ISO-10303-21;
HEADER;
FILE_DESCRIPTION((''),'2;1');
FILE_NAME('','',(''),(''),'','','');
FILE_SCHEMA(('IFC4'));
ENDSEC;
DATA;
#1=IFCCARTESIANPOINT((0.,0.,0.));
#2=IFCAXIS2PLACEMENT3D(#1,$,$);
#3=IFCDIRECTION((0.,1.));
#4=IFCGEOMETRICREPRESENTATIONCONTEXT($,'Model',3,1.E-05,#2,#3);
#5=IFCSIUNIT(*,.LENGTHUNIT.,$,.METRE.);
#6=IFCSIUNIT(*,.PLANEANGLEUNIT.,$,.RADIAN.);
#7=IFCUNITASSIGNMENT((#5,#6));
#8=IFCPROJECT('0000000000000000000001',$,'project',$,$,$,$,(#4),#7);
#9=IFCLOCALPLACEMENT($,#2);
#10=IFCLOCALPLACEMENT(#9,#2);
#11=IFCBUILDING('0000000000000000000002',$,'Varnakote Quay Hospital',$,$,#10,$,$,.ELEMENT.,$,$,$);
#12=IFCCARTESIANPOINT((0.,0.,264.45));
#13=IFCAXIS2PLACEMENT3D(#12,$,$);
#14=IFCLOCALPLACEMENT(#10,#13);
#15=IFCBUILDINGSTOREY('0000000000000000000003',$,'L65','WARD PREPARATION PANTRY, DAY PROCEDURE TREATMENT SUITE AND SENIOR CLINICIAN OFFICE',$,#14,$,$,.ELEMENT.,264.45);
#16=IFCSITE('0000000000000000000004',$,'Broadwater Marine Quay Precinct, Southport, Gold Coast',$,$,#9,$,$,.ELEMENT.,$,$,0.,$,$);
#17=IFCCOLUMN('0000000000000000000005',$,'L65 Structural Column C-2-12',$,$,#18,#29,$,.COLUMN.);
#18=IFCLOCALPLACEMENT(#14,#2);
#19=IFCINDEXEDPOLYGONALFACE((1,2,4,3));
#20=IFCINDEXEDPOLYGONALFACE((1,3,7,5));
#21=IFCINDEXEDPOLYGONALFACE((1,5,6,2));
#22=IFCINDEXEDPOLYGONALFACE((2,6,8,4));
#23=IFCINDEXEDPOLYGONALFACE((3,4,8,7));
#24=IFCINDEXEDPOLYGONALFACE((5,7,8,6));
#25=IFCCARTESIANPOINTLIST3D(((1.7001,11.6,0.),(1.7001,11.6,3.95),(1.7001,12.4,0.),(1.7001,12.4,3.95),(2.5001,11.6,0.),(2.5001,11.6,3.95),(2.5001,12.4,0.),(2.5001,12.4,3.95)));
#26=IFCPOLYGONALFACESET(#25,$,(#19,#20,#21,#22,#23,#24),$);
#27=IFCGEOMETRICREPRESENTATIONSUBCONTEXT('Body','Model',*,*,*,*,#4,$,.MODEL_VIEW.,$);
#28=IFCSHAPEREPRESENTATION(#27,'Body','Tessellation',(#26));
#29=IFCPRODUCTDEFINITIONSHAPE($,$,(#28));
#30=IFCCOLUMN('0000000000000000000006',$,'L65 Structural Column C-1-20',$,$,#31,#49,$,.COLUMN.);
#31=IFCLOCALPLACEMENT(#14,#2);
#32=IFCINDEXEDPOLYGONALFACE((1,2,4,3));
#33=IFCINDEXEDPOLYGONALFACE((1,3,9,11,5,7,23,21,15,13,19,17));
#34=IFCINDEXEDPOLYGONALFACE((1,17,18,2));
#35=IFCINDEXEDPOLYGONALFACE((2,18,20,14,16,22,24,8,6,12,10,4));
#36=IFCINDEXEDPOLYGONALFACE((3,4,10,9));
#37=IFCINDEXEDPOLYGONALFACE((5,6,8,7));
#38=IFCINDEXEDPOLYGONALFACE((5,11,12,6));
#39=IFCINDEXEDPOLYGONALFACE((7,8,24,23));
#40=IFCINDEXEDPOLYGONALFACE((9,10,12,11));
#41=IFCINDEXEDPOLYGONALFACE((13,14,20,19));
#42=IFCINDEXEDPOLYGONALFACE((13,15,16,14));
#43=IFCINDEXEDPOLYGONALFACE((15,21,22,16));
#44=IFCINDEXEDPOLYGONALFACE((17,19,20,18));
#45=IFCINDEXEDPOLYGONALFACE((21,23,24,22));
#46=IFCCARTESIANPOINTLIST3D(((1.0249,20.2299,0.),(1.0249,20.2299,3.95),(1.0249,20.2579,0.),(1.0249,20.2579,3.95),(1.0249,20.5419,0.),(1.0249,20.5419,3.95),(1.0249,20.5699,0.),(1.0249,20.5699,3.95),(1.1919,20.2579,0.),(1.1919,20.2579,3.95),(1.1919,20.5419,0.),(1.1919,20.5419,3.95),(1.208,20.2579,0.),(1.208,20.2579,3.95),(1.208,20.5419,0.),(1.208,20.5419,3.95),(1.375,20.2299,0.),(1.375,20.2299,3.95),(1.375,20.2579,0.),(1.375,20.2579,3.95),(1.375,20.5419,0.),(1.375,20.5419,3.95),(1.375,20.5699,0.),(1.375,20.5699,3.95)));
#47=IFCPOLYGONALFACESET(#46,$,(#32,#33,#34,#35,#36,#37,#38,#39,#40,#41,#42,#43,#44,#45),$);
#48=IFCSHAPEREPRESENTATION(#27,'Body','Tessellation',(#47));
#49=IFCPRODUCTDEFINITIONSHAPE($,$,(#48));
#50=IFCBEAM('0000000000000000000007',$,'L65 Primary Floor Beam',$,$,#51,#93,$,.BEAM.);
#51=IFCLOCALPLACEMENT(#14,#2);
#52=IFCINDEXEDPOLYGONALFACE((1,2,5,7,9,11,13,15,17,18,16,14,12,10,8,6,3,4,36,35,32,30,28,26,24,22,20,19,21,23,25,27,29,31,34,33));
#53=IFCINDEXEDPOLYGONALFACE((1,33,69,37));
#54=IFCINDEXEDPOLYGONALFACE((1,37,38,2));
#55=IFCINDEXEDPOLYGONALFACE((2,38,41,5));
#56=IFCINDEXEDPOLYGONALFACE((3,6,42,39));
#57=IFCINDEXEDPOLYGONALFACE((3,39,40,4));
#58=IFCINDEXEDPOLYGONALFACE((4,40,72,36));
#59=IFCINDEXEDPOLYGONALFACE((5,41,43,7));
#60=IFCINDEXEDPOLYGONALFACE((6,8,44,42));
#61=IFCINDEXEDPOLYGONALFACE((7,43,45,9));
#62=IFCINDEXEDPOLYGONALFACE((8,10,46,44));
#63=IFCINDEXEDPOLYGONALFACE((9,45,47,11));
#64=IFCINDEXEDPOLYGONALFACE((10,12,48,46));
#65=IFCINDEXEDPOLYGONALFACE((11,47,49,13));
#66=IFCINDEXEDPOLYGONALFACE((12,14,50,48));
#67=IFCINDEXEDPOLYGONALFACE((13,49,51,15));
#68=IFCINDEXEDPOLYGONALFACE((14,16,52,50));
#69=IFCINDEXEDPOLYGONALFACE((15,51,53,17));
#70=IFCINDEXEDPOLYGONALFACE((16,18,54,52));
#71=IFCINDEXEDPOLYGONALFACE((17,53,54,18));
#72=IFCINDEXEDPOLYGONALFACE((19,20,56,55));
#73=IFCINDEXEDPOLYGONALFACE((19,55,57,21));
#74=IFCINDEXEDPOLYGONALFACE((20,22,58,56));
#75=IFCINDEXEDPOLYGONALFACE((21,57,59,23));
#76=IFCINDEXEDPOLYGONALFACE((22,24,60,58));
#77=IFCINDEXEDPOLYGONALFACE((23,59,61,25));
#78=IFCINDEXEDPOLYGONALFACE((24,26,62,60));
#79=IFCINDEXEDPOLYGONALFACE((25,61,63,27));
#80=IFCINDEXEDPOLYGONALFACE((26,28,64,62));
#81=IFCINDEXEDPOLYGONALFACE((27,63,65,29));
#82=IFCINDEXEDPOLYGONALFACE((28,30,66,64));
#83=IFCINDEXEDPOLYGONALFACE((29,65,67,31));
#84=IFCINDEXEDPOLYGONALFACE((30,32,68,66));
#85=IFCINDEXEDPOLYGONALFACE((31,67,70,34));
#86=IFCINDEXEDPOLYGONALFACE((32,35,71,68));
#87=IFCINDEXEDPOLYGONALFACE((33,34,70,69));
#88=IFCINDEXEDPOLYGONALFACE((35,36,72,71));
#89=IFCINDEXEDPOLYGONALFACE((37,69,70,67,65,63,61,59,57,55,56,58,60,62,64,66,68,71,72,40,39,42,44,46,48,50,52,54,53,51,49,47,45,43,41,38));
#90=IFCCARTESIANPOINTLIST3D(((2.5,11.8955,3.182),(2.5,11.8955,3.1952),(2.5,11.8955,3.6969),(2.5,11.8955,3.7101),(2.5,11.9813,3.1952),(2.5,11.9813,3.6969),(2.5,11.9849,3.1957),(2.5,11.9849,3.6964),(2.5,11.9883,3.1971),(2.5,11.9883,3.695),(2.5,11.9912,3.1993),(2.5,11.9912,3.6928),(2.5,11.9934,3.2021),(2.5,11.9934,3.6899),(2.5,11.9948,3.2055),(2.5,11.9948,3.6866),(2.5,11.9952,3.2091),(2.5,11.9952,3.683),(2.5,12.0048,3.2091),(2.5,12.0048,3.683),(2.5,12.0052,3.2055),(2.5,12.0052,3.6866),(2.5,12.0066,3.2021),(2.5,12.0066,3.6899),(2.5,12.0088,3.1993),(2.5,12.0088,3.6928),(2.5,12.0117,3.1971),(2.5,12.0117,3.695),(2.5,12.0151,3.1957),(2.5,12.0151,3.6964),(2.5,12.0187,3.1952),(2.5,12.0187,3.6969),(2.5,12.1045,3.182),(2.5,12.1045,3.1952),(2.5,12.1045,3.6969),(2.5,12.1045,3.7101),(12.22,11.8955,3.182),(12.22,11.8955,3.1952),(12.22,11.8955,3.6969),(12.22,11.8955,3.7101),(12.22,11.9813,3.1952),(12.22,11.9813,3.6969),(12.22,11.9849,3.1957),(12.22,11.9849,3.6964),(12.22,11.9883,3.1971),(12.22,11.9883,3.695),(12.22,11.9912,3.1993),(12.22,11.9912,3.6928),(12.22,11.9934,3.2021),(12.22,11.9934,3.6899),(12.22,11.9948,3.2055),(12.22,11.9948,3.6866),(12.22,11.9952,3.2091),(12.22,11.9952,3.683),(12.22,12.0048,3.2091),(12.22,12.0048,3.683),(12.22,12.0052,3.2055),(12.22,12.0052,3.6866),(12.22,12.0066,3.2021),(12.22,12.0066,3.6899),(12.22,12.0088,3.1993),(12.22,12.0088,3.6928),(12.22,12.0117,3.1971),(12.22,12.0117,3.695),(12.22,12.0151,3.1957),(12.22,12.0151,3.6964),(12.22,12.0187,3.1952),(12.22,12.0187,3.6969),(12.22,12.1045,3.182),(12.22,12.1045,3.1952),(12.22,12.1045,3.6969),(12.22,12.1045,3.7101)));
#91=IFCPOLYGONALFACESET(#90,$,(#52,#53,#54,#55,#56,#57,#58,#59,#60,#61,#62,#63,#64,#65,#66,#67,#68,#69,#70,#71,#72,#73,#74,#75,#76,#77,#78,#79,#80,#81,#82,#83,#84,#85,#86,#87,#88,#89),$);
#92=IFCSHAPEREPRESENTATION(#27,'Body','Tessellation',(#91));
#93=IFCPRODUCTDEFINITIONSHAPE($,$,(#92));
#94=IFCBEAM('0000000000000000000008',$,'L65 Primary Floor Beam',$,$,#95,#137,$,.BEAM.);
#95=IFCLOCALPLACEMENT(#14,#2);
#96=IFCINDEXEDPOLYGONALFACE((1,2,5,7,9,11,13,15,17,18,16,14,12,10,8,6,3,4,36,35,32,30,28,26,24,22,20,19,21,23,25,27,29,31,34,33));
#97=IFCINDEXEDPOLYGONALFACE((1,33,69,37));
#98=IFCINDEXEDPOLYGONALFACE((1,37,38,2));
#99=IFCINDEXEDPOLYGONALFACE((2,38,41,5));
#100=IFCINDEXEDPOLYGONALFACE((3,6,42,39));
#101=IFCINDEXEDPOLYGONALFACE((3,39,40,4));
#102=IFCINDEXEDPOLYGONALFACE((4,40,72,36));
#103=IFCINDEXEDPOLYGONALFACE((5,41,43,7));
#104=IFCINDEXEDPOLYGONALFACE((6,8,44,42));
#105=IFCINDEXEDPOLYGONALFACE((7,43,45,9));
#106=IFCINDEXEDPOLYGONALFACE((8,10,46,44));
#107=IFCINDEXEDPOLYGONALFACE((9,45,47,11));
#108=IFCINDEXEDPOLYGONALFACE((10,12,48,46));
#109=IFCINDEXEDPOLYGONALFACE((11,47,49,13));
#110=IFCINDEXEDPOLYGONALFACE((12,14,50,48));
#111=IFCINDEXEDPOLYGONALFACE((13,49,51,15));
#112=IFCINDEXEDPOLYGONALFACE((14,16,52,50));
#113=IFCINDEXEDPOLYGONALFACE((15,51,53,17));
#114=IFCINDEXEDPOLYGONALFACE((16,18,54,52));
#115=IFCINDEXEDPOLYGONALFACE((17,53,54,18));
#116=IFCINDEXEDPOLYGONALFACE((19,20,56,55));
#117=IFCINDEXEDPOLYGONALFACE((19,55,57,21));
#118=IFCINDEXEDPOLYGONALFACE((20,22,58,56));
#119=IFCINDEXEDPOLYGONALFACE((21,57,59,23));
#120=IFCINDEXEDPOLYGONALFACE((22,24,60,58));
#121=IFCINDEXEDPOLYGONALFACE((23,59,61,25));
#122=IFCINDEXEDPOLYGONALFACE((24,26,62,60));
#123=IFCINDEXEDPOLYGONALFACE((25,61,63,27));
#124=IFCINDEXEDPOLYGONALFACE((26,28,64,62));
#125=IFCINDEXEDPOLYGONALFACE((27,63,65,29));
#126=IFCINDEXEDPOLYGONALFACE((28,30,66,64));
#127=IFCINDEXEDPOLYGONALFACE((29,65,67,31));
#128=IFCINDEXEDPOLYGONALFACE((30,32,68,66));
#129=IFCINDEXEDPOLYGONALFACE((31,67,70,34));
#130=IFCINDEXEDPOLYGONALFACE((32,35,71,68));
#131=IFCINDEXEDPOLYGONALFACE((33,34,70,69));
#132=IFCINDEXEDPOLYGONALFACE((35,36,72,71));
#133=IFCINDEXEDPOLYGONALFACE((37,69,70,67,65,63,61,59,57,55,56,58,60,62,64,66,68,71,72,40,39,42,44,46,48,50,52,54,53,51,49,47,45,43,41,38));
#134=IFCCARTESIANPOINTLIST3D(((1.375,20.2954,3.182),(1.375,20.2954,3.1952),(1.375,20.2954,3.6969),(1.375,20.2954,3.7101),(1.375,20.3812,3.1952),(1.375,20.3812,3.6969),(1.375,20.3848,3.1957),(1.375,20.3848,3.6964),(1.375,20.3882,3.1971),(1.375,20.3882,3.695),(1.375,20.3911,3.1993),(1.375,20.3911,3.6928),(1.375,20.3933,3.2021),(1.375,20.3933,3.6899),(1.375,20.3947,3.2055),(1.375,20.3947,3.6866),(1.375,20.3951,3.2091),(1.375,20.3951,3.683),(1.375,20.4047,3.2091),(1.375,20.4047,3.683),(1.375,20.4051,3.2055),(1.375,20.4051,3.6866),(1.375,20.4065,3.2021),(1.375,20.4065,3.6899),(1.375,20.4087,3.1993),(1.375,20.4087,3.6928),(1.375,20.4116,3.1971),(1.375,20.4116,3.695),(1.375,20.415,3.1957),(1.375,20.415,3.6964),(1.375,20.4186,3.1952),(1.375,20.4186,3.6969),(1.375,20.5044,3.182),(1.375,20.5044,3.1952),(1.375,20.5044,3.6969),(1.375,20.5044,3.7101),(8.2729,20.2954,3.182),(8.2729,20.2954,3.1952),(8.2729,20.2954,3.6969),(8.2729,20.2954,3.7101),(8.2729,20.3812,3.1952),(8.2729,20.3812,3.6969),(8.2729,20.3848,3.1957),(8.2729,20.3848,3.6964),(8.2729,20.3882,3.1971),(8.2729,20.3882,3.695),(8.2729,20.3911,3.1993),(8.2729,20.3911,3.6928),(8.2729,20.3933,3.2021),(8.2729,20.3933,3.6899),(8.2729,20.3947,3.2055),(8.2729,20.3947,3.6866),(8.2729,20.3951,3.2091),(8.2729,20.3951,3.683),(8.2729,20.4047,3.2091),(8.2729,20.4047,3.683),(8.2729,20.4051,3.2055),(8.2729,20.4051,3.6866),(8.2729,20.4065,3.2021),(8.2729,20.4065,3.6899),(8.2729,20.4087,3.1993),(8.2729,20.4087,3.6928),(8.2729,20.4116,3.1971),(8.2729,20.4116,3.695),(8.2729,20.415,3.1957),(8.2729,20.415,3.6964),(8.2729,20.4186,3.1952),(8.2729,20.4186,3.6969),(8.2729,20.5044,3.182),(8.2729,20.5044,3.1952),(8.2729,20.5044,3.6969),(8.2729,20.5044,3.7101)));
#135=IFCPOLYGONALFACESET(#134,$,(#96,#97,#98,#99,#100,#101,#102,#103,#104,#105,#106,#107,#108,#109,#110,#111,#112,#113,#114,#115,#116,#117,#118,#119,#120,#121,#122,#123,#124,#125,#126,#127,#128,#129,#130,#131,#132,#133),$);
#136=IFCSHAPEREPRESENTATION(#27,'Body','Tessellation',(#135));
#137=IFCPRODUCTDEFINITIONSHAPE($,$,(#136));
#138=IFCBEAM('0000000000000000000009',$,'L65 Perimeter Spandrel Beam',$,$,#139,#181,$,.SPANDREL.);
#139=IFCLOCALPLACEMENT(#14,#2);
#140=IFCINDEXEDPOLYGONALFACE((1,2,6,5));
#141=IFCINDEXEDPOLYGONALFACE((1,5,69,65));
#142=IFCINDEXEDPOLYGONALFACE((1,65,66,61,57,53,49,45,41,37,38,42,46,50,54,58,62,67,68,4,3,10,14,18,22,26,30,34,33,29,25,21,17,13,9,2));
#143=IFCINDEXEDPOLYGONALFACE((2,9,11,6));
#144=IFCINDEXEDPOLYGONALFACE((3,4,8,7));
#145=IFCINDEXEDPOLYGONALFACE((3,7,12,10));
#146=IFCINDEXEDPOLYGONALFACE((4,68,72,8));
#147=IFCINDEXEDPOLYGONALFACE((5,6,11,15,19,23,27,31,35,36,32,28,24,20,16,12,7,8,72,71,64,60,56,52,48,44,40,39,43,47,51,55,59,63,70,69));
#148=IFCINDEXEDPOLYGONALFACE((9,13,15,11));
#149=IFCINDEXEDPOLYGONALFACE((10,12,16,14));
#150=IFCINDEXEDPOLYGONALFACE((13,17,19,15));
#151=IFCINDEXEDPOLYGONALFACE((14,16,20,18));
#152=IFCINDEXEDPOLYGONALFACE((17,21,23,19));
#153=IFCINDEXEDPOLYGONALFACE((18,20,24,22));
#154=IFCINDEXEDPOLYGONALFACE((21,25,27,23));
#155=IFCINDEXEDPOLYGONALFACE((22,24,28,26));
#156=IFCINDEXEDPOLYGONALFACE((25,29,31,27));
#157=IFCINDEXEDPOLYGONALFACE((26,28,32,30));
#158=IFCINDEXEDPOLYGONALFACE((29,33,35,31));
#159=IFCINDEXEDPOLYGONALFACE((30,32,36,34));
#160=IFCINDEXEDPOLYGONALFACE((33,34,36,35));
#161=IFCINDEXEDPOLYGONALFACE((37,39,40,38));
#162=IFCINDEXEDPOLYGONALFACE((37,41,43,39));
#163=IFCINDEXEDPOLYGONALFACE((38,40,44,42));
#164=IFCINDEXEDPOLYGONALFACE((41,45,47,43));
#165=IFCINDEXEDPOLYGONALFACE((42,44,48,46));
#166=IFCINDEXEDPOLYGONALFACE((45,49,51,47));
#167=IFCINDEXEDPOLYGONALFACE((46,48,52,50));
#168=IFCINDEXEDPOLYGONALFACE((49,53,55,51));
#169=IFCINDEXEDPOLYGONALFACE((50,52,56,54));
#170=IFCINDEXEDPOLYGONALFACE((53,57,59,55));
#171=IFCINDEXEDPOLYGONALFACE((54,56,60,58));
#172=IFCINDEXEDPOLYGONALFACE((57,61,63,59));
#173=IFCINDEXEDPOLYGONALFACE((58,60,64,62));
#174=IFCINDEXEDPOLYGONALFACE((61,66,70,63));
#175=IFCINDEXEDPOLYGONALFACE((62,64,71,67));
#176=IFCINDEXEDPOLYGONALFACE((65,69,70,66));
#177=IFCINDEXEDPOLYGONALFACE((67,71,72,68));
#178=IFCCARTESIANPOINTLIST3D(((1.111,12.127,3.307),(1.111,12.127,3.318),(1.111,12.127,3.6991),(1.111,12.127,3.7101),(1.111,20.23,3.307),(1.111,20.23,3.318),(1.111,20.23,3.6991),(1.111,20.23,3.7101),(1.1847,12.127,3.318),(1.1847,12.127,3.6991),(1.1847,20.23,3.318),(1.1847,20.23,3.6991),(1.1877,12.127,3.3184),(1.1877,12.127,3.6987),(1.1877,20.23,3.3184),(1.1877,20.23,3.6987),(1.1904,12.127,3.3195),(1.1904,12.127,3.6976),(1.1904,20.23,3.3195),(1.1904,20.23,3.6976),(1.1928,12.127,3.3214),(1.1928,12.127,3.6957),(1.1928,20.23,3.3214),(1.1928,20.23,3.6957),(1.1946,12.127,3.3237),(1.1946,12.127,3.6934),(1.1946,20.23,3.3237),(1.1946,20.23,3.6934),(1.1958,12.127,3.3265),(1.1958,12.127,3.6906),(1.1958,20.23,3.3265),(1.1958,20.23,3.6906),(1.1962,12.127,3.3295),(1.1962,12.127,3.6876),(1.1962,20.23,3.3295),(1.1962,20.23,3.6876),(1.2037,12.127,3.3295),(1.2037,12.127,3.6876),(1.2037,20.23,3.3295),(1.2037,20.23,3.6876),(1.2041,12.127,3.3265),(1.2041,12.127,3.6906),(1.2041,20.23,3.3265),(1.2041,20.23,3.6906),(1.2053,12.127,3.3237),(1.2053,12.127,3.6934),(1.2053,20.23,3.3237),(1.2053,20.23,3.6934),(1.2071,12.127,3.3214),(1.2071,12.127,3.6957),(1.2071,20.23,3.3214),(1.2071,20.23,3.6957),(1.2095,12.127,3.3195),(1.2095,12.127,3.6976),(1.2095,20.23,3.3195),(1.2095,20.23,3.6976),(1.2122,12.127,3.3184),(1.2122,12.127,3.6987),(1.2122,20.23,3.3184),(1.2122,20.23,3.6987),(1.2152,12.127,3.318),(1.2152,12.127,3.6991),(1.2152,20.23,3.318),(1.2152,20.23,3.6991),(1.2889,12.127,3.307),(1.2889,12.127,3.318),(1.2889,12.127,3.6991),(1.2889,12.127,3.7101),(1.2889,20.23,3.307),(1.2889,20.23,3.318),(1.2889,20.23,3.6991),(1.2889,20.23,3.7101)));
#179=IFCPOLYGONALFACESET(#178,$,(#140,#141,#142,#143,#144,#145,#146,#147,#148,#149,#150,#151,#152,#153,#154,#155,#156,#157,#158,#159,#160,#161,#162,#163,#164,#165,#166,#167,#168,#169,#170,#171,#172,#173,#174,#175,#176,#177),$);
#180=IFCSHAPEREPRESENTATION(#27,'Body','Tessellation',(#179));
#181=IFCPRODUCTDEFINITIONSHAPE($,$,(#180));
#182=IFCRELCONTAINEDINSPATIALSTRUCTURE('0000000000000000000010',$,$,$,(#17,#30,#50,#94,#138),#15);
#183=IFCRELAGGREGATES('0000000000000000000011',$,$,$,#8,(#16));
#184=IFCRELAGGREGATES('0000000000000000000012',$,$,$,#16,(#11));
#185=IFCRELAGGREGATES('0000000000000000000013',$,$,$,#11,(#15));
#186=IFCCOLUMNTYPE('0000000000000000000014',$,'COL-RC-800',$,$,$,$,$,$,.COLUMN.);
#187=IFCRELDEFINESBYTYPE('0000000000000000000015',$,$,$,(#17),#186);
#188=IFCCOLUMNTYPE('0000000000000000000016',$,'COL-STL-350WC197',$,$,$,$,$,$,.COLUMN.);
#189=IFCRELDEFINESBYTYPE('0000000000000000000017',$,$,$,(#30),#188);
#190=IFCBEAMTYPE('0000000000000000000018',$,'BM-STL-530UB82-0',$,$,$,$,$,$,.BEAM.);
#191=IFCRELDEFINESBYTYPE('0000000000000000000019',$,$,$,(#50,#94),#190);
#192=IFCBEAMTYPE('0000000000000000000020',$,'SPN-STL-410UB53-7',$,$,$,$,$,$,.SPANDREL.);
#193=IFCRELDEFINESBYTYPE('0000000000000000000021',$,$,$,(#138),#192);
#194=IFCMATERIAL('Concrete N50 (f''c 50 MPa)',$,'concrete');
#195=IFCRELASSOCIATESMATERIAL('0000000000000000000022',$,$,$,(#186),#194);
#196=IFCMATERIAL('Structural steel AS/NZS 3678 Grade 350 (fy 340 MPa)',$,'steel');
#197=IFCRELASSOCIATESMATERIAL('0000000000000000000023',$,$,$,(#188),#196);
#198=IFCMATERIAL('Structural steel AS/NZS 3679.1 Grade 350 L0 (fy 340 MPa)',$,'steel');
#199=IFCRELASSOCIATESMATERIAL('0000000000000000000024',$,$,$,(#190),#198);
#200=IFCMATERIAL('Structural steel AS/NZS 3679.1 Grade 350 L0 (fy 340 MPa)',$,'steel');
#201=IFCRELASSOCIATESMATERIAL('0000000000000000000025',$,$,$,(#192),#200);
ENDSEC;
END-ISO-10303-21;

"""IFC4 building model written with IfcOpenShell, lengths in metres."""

from ifc_helpers import new_model, si_unit, direction, frame, origin, origin_2d, place, context, subcontext, project, spatial, rectangle, i_section, extrude, material, material_profile, profile_set, type_object, element, save


model = new_model("IFC4")

# Units and contexts
model_context = context("Model", 3, precision=1e-05, world=origin(), true_north=direction((0.0, 1.0)))
body_context = subcontext(model_context, "Body", "Model", "MODEL_VIEW")
ifc_project = project(units=[si_unit("LENGTHUNIT", "METRE"), si_unit("PLANEANGLEUNIT", "RADIAN")], contexts=[model_context])

# Site, building, storey
site_placement = place(None, origin())
site = spatial("IfcSite", under=ifc_project, at=site_placement, Name="Broadwater Marine Quay Precinct, Southport, Gold Coast", CompositionType="ELEMENT", RefElevation=0.0)
building_placement = place(site_placement, origin())
building = spatial("IfcBuilding", under=site, at=building_placement, Name="Varnakote Quay Hospital", CompositionType="ELEMENT")
storey_placement = place(building_placement, frame((0.0, 0.0, 264.45)))
storey = spatial("IfcBuildingStorey", under=building, at=storey_placement, Name="L65", Description="WARD PREPARATION PANTRY, DAY PROCEDURE TREATMENT SUITE AND SENIOR CLINICIAN OFFICE", CompositionType="ELEMENT", Elevation=264.45)

# Columns
ifc_material_1 = material(Name="Concrete N50 (f'c 50 MPa)", Category="concrete")
ifc_material_profile_1 = material_profile(ifc_material_1, rectangle(XDim=0.8, YDim=0.8, at=origin_2d()), Name="RC-COL-800x800")
ifc_profile_set_1 = profile_set([ifc_material_profile_1], Name="Concrete N50 (f'c 50 MPa)")
column_type_1 = type_object("IfcColumnType", Name="COL-RC-800", PredefinedType="COLUMN", material=ifc_profile_set_1)
column_1_placement = place(storey_placement, frame((2.1001, 12.0, 0.0), z_axis=(0.0, 0.0, 1.0), x_axis=(1.0, 0.0, 0.0)))
element("IfcColumn", 1, at=column_1_placement, inside=storey, type_object=column_type_1, Name="L65 Structural Column C-2-12", PredefinedType="COLUMN", context=body_context, shape_type="SweptSolid", body=[
    extrude(rectangle(XDim=0.8, YDim=0.8, at=origin_2d()), origin(), (0.0, 0.0, 1.0), 3.95),
])
ifc_material_2 = material(Name="Structural steel AS/NZS 3678 Grade 350 (fy 340 MPa)", Category="steel")
ifc_material_profile_2 = material_profile(ifc_material_2, i_section(OverallWidth=0.3501, OverallDepth=0.3401, WebThickness=0.0161, FlangeThickness=0.0281, at=origin_2d()), Name="350WC197")
ifc_profile_set_2 = profile_set([ifc_material_profile_2], Name="Structural steel AS/NZS 3678 Grade 350 (fy 340 MPa)")
column_type_2 = type_object("IfcColumnType", Name="COL-STL-350WC197", PredefinedType="COLUMN", material=ifc_profile_set_2)
column_2_placement = place(storey_placement, frame((1.2, 20.3999, 0.0), z_axis=(0.0, 0.0, 1.0), x_axis=(1.0, 0.0, 0.0)))
element("IfcColumn", 2, at=column_2_placement, inside=storey, type_object=column_type_2, Name="L65 Structural Column C-1-20", PredefinedType="COLUMN", context=body_context, shape_type="SweptSolid", body=[
    extrude(i_section(OverallWidth=0.3501, OverallDepth=0.3401, WebThickness=0.0161, FlangeThickness=0.0281, at=origin_2d()), origin(), (0.0, 0.0, 1.0), 3.95),
])

# Beams
ifc_material_3 = material(Name="Structural steel AS/NZS 3679.1 Grade 350 L0 (fy 340 MPa)", Category="steel")
ifc_material_profile_3 = material_profile(ifc_material_3, i_section(OverallWidth=0.209, OverallDepth=0.5281, WebThickness=0.0095, FlangeThickness=0.0132, FilletRadius=0.0139, at=origin_2d()), Name="530UB82.0")
ifc_profile_set_3 = profile_set([ifc_material_profile_3], Name="Structural steel AS/NZS 3679.1 Grade 350 L0 (fy 340 MPa)")
beam_type_1 = type_object("IfcBeamType", Name="BM-STL-530UB82-0", PredefinedType="BEAM", material=ifc_profile_set_3)
beam_1_placement = place(storey_placement, frame((2.5, 12.0, 3.446), z_axis=(1.0, 0.0, 0.0), x_axis=(0.0, 1.0, 0.0)))
element("IfcBeam", 3, at=beam_1_placement, inside=storey, type_object=beam_type_1, Name="L65 Primary Floor Beam", PredefinedType="BEAM", context=body_context, shape_type="SweptSolid", body=[
    extrude(i_section(OverallWidth=0.209, OverallDepth=0.5281, WebThickness=0.0095, FlangeThickness=0.0132, FilletRadius=0.0139, at=origin_2d()), origin(), (0.0, 0.0, 1.0), 9.72),
])
beam_2_placement = place(storey_placement, frame((1.375, 20.3999, 3.446), z_axis=(1.0, 0.0, 0.0), x_axis=(0.0, 1.0, 0.0)))
element("IfcBeam", 4, at=beam_2_placement, inside=storey, type_object=beam_type_1, Name="L65 Primary Floor Beam", PredefinedType="BEAM", context=body_context, shape_type="SweptSolid", body=[
    extrude(i_section(OverallWidth=0.209, OverallDepth=0.5281, WebThickness=0.0095, FlangeThickness=0.0132, FilletRadius=0.0139, at=origin_2d()), origin(), (0.0, 0.0, 1.0), 6.8979),
])
ifc_material_4 = material(Name="Structural steel AS/NZS 3679.1 Grade 350 L0 (fy 340 MPa)", Category="steel")
ifc_material_profile_4 = material_profile(ifc_material_4, i_section(OverallWidth=0.178, OverallDepth=0.4031, WebThickness=0.0076, FlangeThickness=0.011, FilletRadius=0.0115, at=origin_2d()), Name="410UB53.7")
ifc_profile_set_4 = profile_set([ifc_material_profile_4], Name="Structural steel AS/NZS 3679.1 Grade 350 L0 (fy 340 MPa)")
beam_type_2 = type_object("IfcBeamType", Name="SPN-STL-410UB53-7", PredefinedType="SPANDREL", material=ifc_profile_set_4)
beam_3_placement = place(storey_placement, frame((1.2, 12.127, 3.5085), z_axis=(0.0, 1.0, 0.0), x_axis=(-1.0, 0.0, 0.0)))
element("IfcBeam", 5, at=beam_3_placement, inside=storey, type_object=beam_type_2, Name="L65 Perimeter Spandrel Beam", PredefinedType="SPANDREL", context=body_context, shape_type="SweptSolid", body=[
    extrude(i_section(OverallWidth=0.178, OverallDepth=0.4031, WebThickness=0.0076, FlangeThickness=0.011, FilletRadius=0.0115, at=origin_2d()), origin(), (0.0, 0.0, 1.0), 8.103),
])

save(model, "model.ifc")
